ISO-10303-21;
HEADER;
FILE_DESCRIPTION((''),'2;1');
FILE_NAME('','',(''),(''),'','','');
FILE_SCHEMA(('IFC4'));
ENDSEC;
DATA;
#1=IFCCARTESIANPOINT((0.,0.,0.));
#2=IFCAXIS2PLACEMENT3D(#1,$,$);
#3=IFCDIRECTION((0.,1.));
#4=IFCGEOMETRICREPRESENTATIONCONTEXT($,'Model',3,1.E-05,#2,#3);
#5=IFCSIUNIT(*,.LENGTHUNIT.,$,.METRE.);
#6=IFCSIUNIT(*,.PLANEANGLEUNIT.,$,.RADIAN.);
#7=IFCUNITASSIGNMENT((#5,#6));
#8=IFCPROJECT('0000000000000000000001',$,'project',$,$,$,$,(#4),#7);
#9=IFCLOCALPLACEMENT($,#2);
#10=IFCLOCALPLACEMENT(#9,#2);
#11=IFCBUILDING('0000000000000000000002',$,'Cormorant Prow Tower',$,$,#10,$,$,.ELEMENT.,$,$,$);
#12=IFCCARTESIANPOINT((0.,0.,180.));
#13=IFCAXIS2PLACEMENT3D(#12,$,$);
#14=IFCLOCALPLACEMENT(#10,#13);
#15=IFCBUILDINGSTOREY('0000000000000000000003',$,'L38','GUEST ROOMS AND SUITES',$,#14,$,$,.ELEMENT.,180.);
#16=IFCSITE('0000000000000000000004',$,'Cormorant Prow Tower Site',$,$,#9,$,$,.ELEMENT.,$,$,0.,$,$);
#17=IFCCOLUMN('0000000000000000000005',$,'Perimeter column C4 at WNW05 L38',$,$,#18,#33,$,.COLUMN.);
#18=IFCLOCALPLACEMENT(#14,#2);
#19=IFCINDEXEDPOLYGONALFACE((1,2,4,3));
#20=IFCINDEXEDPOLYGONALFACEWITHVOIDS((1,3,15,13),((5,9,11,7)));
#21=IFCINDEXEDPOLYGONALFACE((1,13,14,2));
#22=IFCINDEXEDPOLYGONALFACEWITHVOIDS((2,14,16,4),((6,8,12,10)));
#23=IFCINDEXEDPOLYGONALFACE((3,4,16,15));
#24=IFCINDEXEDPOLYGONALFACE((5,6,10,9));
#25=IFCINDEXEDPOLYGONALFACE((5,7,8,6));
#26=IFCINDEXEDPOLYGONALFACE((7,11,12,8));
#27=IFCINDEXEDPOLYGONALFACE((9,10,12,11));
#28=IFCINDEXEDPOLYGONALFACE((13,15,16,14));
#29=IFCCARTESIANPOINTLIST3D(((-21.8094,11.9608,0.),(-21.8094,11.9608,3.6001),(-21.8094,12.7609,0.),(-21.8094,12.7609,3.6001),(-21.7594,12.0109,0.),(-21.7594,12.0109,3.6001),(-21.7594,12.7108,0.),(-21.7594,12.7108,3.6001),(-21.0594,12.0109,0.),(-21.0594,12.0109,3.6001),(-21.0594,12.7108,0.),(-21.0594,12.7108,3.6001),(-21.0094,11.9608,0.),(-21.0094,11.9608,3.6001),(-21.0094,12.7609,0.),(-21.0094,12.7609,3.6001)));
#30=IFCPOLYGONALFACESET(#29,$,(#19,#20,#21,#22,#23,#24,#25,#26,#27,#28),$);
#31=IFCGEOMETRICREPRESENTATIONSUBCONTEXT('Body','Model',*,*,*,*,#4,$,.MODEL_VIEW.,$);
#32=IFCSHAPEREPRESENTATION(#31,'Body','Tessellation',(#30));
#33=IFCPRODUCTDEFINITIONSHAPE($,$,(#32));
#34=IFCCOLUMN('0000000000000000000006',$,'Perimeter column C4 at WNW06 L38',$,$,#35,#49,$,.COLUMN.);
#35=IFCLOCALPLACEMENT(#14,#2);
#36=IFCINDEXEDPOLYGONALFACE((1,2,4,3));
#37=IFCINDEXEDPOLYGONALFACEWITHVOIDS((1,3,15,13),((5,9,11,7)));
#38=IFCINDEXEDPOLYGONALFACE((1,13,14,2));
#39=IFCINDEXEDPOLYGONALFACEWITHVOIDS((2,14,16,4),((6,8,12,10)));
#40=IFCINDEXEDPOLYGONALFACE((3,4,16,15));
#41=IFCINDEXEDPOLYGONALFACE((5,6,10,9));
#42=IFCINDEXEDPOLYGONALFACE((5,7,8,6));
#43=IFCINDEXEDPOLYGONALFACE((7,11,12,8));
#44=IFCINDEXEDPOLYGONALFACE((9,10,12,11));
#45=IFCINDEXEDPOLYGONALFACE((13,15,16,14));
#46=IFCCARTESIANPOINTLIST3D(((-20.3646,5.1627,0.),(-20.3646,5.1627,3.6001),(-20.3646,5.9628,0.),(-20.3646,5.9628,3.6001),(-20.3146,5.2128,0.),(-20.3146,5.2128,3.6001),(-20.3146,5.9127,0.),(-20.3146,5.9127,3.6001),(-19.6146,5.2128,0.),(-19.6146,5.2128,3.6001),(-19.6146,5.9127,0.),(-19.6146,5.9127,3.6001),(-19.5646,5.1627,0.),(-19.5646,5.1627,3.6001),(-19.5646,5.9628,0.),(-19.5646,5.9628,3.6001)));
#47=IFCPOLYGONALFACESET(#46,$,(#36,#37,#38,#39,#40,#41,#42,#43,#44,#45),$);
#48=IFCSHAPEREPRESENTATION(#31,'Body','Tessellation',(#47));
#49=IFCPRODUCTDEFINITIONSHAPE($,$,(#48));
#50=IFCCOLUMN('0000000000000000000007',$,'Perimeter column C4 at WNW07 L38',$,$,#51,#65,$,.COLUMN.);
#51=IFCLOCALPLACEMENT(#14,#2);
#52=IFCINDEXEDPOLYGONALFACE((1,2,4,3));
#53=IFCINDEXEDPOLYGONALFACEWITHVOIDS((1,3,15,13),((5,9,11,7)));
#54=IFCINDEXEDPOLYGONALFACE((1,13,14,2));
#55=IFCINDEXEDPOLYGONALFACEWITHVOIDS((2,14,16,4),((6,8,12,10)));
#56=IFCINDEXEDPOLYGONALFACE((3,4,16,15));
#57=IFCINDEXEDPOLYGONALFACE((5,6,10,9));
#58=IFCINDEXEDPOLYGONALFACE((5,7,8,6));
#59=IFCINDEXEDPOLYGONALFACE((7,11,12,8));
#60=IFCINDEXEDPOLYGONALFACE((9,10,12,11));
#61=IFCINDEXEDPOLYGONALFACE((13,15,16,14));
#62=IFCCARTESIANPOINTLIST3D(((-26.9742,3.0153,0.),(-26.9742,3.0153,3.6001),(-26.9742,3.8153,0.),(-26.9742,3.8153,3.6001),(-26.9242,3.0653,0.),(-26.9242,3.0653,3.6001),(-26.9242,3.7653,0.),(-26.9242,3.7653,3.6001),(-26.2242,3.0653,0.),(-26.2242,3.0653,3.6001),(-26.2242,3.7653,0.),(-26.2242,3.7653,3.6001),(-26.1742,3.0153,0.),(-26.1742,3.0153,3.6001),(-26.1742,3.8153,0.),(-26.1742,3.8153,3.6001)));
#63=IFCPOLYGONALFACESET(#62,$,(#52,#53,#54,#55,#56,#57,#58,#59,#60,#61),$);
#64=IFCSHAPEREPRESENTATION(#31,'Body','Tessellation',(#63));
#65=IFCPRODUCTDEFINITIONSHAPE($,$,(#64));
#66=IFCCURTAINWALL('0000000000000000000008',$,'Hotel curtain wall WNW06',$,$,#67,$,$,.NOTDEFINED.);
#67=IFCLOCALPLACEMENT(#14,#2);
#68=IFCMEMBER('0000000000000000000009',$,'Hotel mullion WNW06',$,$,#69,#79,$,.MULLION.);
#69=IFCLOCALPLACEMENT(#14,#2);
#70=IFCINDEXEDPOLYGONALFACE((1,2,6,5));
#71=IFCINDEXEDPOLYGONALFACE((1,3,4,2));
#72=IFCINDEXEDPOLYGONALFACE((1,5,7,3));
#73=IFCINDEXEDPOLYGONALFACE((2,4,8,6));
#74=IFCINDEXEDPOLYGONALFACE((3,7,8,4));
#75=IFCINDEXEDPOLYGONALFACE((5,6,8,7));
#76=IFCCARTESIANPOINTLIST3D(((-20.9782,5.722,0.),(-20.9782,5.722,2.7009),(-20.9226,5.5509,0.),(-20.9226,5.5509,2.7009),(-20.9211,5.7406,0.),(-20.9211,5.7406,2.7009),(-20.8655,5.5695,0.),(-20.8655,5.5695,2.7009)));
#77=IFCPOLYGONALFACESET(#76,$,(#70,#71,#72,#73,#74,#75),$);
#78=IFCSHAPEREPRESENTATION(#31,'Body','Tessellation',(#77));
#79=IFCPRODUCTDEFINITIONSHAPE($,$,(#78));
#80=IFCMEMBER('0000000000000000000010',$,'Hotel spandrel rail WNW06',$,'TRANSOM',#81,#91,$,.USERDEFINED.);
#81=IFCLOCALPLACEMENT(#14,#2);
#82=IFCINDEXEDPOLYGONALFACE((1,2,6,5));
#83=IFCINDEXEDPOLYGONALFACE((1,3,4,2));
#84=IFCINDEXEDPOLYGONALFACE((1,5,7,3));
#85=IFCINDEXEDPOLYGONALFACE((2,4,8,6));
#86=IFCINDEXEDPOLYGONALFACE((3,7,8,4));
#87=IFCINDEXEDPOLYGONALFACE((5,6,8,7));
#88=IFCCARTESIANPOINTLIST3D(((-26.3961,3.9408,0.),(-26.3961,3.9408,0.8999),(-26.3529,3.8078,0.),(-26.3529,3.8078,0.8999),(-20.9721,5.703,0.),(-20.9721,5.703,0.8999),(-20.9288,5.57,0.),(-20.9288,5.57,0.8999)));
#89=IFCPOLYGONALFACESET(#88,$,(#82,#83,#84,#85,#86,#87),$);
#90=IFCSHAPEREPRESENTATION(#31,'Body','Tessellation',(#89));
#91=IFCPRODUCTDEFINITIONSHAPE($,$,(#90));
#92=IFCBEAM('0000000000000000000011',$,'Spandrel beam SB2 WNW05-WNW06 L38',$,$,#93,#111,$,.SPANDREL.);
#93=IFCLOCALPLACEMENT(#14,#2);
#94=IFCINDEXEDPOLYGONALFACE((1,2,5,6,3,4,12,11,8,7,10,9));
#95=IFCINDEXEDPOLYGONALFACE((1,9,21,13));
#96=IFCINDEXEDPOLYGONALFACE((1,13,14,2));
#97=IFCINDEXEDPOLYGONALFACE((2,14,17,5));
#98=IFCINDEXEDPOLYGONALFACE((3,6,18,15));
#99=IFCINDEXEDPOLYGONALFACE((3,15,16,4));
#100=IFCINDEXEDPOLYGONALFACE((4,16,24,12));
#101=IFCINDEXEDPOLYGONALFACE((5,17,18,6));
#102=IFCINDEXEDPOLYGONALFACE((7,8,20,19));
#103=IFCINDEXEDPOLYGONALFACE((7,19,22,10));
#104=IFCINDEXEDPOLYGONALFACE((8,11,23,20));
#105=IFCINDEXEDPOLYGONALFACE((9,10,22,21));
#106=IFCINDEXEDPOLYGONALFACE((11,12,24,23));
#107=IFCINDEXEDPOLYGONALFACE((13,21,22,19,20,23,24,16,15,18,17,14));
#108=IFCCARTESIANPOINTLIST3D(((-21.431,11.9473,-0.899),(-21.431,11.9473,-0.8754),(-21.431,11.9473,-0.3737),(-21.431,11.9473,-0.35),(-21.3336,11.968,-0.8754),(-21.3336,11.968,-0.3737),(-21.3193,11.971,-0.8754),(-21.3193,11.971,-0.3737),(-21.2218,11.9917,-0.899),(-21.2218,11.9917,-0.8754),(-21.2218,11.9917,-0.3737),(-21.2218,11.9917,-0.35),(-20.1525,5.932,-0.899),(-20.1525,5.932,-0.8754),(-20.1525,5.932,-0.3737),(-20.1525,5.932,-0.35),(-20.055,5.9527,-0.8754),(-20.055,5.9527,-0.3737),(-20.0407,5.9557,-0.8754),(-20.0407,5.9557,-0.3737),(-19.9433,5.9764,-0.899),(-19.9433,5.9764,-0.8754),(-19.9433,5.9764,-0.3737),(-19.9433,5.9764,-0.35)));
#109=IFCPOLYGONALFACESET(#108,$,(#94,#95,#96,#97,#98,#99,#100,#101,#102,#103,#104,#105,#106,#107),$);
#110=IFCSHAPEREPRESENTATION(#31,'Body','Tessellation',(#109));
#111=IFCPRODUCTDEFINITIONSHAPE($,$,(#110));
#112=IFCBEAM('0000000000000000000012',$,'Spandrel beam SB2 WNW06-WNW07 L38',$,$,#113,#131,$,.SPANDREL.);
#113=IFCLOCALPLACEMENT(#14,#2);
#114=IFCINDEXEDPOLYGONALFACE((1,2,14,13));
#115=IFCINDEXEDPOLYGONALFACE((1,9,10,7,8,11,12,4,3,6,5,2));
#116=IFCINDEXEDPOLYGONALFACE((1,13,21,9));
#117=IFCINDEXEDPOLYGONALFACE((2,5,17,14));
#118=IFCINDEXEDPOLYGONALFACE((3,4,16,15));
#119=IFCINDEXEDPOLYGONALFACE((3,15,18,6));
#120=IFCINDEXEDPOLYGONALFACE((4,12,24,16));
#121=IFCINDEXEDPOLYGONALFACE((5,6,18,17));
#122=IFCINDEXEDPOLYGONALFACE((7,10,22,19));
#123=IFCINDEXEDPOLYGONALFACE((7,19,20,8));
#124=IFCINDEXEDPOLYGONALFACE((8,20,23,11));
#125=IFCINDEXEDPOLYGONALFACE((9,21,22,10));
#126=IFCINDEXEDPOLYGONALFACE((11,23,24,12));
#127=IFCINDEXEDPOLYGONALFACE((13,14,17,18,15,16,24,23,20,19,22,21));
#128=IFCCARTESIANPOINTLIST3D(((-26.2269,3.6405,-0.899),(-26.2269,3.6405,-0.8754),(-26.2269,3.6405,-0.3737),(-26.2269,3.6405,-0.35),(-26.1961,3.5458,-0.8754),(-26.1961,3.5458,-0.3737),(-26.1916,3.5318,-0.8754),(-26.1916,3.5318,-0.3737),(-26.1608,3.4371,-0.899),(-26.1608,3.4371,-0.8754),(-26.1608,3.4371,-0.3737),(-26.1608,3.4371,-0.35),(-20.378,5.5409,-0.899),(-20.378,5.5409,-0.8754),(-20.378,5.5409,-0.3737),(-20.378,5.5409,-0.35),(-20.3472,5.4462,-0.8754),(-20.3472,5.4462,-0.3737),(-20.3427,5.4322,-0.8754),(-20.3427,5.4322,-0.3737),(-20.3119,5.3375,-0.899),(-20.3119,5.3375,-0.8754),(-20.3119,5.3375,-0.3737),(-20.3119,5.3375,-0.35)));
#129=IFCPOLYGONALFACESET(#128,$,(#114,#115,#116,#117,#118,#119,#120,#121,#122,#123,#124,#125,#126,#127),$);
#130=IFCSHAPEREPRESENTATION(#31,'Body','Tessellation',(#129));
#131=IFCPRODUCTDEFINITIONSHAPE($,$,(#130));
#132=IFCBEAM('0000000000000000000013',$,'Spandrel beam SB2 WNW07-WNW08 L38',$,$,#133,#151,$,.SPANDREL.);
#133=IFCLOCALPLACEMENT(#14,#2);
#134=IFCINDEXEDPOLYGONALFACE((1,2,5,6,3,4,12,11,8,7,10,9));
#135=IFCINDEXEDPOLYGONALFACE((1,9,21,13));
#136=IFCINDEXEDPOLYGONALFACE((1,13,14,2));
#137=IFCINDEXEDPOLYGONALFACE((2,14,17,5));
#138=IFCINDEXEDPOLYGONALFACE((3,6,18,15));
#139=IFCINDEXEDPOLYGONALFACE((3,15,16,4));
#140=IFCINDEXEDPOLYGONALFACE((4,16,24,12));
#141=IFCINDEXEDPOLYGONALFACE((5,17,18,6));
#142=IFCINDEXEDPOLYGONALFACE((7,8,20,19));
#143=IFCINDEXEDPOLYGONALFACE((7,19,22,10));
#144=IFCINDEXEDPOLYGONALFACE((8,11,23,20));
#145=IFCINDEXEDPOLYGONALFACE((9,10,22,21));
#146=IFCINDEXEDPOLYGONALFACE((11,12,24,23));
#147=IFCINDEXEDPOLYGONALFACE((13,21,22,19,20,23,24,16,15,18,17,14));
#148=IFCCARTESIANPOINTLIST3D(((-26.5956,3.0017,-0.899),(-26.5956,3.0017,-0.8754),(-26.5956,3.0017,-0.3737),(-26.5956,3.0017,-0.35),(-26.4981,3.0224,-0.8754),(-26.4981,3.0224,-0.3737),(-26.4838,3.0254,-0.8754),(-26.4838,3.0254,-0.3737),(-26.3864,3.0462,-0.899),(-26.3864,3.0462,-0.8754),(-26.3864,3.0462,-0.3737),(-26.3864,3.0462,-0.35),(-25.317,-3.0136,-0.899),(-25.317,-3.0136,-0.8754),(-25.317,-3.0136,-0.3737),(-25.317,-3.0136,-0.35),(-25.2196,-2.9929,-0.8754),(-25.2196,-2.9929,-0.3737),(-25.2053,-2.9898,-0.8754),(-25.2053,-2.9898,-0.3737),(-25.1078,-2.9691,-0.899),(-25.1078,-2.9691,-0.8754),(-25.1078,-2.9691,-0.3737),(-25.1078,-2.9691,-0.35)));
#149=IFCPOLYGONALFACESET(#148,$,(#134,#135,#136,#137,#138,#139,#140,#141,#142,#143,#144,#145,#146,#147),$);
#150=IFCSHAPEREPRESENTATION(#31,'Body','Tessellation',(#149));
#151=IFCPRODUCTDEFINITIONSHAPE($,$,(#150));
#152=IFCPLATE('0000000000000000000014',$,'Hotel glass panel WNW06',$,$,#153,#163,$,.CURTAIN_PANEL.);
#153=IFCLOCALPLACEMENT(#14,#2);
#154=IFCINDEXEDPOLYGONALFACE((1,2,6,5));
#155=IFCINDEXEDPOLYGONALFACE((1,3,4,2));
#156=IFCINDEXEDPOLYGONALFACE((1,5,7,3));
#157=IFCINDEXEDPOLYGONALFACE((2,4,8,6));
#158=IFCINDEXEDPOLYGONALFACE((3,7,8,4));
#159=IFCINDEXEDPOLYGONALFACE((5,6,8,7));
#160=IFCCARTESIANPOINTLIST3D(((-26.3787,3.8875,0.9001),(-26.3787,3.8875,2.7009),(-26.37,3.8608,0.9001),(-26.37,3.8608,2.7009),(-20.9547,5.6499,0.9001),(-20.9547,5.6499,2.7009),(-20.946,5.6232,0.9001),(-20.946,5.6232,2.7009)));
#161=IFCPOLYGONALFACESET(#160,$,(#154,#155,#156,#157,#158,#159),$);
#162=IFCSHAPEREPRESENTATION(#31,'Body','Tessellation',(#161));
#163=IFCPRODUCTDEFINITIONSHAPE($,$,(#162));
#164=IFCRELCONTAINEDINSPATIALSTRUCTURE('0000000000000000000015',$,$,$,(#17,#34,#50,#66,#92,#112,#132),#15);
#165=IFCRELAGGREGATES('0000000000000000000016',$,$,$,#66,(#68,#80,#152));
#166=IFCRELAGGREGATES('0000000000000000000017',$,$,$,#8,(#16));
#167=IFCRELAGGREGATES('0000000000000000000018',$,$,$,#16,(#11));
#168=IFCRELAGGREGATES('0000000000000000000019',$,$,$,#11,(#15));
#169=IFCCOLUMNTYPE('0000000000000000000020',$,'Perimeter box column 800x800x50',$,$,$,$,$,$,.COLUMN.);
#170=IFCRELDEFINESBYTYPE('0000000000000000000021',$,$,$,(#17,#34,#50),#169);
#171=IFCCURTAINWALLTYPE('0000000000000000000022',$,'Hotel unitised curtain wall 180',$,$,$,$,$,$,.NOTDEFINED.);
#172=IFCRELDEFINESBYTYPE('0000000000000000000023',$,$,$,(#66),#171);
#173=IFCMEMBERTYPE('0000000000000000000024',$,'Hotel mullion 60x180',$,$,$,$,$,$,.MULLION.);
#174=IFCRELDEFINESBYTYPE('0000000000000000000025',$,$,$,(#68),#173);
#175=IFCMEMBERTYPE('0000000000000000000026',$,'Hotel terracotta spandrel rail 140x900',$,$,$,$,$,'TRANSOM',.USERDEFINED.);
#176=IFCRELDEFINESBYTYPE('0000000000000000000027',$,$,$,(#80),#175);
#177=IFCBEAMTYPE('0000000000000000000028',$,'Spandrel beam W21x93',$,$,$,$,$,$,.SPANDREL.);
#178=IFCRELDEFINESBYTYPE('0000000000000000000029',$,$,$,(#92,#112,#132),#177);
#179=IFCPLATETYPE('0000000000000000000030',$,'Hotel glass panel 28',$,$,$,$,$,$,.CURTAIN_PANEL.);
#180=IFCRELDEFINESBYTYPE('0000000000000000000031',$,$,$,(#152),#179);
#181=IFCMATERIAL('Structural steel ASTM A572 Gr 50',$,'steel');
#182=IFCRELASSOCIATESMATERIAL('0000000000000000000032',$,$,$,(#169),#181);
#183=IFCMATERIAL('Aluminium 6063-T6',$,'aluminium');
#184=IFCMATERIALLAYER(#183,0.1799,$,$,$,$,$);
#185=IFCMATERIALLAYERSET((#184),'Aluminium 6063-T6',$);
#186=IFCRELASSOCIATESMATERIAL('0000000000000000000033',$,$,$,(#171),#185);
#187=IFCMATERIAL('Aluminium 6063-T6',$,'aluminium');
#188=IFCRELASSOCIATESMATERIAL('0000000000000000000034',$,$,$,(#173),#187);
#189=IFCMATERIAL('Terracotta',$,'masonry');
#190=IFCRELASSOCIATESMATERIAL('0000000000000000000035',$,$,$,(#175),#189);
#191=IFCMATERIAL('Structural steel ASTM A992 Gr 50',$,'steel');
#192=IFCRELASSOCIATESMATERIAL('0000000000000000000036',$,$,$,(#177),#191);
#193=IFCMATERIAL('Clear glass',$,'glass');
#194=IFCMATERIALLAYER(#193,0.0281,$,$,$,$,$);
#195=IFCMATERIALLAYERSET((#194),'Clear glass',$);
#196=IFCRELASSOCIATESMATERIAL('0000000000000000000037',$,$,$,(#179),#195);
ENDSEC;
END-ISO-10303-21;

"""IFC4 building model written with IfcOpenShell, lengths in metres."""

from ifc_helpers import new_model, si_unit, direction, frame, origin, origin_2d, place, context, subcontext, project, spatial, rectangle, hollow_rectangle, i_section, extrude, material, layer, layer_set, material_profile, profile_set, type_object, element, aggregate, save


model = new_model("IFC4")

# Units and contexts
model_context = context("Model", 3, precision=1e-05, world=origin(), true_north=direction((0.0, 1.0)))
body_context = subcontext(model_context, "Body", "Model", "MODEL_VIEW")
ifc_project = project(units=[si_unit("LENGTHUNIT", "METRE"), si_unit("PLANEANGLEUNIT", "RADIAN")], contexts=[model_context])

# Site, building, storey
site_placement = place(None, origin())
site = spatial("IfcSite", under=ifc_project, at=site_placement, Name="Cormorant Prow Tower Site", CompositionType="ELEMENT", RefElevation=0.0)
building_placement = place(site_placement, origin())
building = spatial("IfcBuilding", under=site, at=building_placement, Name="Cormorant Prow Tower", CompositionType="ELEMENT")
storey_placement = place(building_placement, frame((0.0, 0.0, 180.0)))
storey = spatial("IfcBuildingStorey", under=building, at=storey_placement, Name="L38", Description="GUEST ROOMS AND SUITES", CompositionType="ELEMENT", Elevation=180.0)

# Columns
ifc_material_1 = material(Name="Structural steel ASTM A572 Gr 50", Category="steel")
ifc_material_profile_1 = material_profile(ifc_material_1, hollow_rectangle(XDim=0.8, YDim=0.8, WallThickness=0.05, at=origin_2d()), Name="Box 800x800x50")
ifc_profile_set_1 = profile_set([ifc_material_profile_1], Name="Structural steel ASTM A572 Gr 50")
column_type = type_object("IfcColumnType", Name="Perimeter box column 800x800x50", PredefinedType="COLUMN", material=ifc_profile_set_1)
for number, where, z_axis, x_axis, name in (
    (1, (-21.4094, 12.3608, 0.0), (0.0, 0.0, 1.0), (1.0, 0.0, 0.0), "Perimeter column C4 at WNW05 L38"),
    (2, (-19.9646, 5.5627, 0.0), (0.0, 0.0, 1.0), (1.0, 0.0, 0.0), "Perimeter column C4 at WNW06 L38"),
    (3, (-26.5742, 3.4153, 0.0), (0.0, 0.0, 1.0), (1.0, 0.0, 0.0), "Perimeter column C4 at WNW07 L38"),
):
    element("IfcColumn", number, at=place(storey_placement, frame(where, z_axis=z_axis, x_axis=x_axis)), inside=storey, type_object=column_type, Name=name, PredefinedType="COLUMN", context=body_context, shape_type="SweptSolid", body=[
        extrude(hollow_rectangle(XDim=0.8, YDim=0.8, WallThickness=0.05, at=origin_2d()), origin(), (0.0, 0.0, 1.0), 3.6001),
    ])

# Curtain wall, members
ifc_material_2 = material(Name="Aluminium 6063-T6", Category="aluminium")
ifc_layer_1 = layer(ifc_material_2, 0.1799)
ifc_layer_set_1 = layer_set([ifc_layer_1], Name="Aluminium 6063-T6")
curtain_wall_type = type_object("IfcCurtainWallType", Name="Hotel unitised curtain wall 180", PredefinedType="NOTDEFINED", material=ifc_layer_set_1)
curtain_wall_placement = place(storey_placement, origin())
curtain_wall = element("IfcCurtainWall", 4, at=curtain_wall_placement, inside=storey, type_object=curtain_wall_type, Name="Hotel curtain wall WNW06", PredefinedType="NOTDEFINED")
ifc_material_3 = material(Name="Aluminium 6063-T6", Category="aluminium")
ifc_material_profile_2 = material_profile(ifc_material_3, rectangle(XDim=0.1799, YDim=0.0601, at=origin_2d()), Name="Hotel mullion 60x180")
ifc_profile_set_2 = profile_set([ifc_material_profile_2], Name="Aluminium 6063-T6")
member_type_1 = type_object("IfcMemberType", Name="Hotel mullion 60x180", PredefinedType="MULLION", material=ifc_profile_set_2)
member_1_placement = place(storey_placement, frame((-20.9219, 5.6458, 0.0), z_axis=(0.0, 0.0, 1.0), x_axis=(0.309017, -0.951057, 0.0)))
member_1 = element("IfcMember", 5, at=member_1_placement, type_object=member_type_1, Name="Hotel mullion WNW06", PredefinedType="MULLION", context=body_context, shape_type="SweptSolid", body=[
    extrude(rectangle(XDim=0.1799, YDim=0.0601, at=origin_2d()), origin(), (0.0, 0.0, 1.0), 2.7009),
])
ifc_material_4 = material(Name="Terracotta", Category="masonry")
ifc_material_profile_3 = material_profile(ifc_material_4, rectangle(XDim=0.1399, YDim=0.8999, at=origin_2d()), Name="Hotel terracotta spandrel rail 140x900")
ifc_profile_set_3 = profile_set([ifc_material_profile_3], Name="Terracotta")
member_type_2 = type_object("IfcMemberType", Name="Hotel terracotta spandrel rail 140x900", ElementType="TRANSOM", PredefinedType="USERDEFINED", material=ifc_profile_set_3)
member_2_placement = place(storey_placement, frame((-20.9504, 5.6365, 0.45), z_axis=(-0.951066, -0.308988, 0.0), x_axis=(0.308988, -0.951066, 0.0)))
member_2 = element("IfcMember", 6, at=member_2_placement, type_object=member_type_2, Name="Hotel spandrel rail WNW06", ObjectType="TRANSOM", PredefinedType="USERDEFINED", context=body_context, shape_type="SweptSolid", body=[
    extrude(rectangle(XDim=0.1399, YDim=0.8999, at=origin_2d()), origin(), (0.0, 0.0, 1.0), 5.7031),
])

# Beams
ifc_material_5 = material(Name="Structural steel ASTM A992 Gr 50", Category="steel")
ifc_material_profile_4 = material_profile(ifc_material_5, i_section(OverallWidth=0.2139, OverallDepth=0.5491, WebThickness=0.0146, FlangeThickness=0.0237, at=origin_2d()), Name="W21x93")
ifc_profile_set_4 = profile_set([ifc_material_profile_4], Name="Structural steel ASTM A992 Gr 50")
beam_type = type_object("IfcBeamType", Name="Spandrel beam W21x93", PredefinedType="SPANDREL", material=ifc_profile_set_4)
beam_1_placement = place(storey_placement, frame((-21.3264, 11.9695, -0.6245), z_axis=(0.207905, -0.978149, 0.0), x_axis=(0.978149, 0.207905, 0.0)))
element("IfcBeam", 7, at=beam_1_placement, inside=storey, type_object=beam_type, Name="Spandrel beam SB2 WNW05-WNW06 L38", PredefinedType="SPANDREL", context=body_context, shape_type="SweptSolid", body=[
    extrude(i_section(OverallWidth=0.2139, OverallDepth=0.5491, WebThickness=0.0146, FlangeThickness=0.0237, at=origin_2d()), origin(), (0.0, 0.0, 1.0), 6.1497),
])
beam_2_placement = place(storey_placement, frame((-20.345, 5.4392, -0.6245), z_axis=(-0.951058, -0.309013, 0.0), x_axis=(0.309013, -0.951058, 0.0)))
element("IfcBeam", 8, at=beam_2_placement, inside=storey, type_object=beam_type, Name="Spandrel beam SB2 WNW06-WNW07 L38", PredefinedType="SPANDREL", context=body_context, shape_type="SweptSolid", body=[
    extrude(i_section(OverallWidth=0.2139, OverallDepth=0.5491, WebThickness=0.0146, FlangeThickness=0.0237, at=origin_2d()), origin(), (0.0, 0.0, 1.0), 6.1499),
])
beam_3_placement = place(storey_placement, frame((-26.491, 3.0239, -0.6245), z_axis=(0.207905, -0.978149, 0.0), x_axis=(0.978149, 0.207905, 0.0)))
element("IfcBeam", 9, at=beam_3_placement, inside=storey, type_object=beam_type, Name="Spandrel beam SB2 WNW07-WNW08 L38", PredefinedType="SPANDREL", context=body_context, shape_type="SweptSolid", body=[
    extrude(i_section(OverallWidth=0.2139, OverallDepth=0.5491, WebThickness=0.0146, FlangeThickness=0.0237, at=origin_2d()), origin(), (0.0, 0.0, 1.0), 6.1497),
])

# Plate
ifc_material_6 = material(Name="Clear glass", Category="glass")
ifc_layer_2 = layer(ifc_material_6, 0.0281)
ifc_layer_set_2 = layer_set([ifc_layer_2], Name="Clear glass")
plate_type = type_object("IfcPlateType", Name="Hotel glass panel 28", PredefinedType="CURTAIN_PANEL", material=ifc_layer_set_2)
plate_placement = place(storey_placement, frame((-23.6624, 4.7554, 0.9001), z_axis=(0.0, 0.0, 1.0), x_axis=(-0.951057, -0.309017, 0.0)))
plate = element("IfcPlate", 10, at=plate_placement, type_object=plate_type, Name="Hotel glass panel WNW06", PredefinedType="CURTAIN_PANEL", context=body_context, shape_type="SweptSolid", body=[
    extrude(rectangle(XDim=5.7031, YDim=0.0281, at=origin_2d()), origin(), (0.0, 0.0, 1.0), 1.8008),
])
aggregate(curtain_wall, [member_1, member_2, plate])

save(model, "model.ifc")
